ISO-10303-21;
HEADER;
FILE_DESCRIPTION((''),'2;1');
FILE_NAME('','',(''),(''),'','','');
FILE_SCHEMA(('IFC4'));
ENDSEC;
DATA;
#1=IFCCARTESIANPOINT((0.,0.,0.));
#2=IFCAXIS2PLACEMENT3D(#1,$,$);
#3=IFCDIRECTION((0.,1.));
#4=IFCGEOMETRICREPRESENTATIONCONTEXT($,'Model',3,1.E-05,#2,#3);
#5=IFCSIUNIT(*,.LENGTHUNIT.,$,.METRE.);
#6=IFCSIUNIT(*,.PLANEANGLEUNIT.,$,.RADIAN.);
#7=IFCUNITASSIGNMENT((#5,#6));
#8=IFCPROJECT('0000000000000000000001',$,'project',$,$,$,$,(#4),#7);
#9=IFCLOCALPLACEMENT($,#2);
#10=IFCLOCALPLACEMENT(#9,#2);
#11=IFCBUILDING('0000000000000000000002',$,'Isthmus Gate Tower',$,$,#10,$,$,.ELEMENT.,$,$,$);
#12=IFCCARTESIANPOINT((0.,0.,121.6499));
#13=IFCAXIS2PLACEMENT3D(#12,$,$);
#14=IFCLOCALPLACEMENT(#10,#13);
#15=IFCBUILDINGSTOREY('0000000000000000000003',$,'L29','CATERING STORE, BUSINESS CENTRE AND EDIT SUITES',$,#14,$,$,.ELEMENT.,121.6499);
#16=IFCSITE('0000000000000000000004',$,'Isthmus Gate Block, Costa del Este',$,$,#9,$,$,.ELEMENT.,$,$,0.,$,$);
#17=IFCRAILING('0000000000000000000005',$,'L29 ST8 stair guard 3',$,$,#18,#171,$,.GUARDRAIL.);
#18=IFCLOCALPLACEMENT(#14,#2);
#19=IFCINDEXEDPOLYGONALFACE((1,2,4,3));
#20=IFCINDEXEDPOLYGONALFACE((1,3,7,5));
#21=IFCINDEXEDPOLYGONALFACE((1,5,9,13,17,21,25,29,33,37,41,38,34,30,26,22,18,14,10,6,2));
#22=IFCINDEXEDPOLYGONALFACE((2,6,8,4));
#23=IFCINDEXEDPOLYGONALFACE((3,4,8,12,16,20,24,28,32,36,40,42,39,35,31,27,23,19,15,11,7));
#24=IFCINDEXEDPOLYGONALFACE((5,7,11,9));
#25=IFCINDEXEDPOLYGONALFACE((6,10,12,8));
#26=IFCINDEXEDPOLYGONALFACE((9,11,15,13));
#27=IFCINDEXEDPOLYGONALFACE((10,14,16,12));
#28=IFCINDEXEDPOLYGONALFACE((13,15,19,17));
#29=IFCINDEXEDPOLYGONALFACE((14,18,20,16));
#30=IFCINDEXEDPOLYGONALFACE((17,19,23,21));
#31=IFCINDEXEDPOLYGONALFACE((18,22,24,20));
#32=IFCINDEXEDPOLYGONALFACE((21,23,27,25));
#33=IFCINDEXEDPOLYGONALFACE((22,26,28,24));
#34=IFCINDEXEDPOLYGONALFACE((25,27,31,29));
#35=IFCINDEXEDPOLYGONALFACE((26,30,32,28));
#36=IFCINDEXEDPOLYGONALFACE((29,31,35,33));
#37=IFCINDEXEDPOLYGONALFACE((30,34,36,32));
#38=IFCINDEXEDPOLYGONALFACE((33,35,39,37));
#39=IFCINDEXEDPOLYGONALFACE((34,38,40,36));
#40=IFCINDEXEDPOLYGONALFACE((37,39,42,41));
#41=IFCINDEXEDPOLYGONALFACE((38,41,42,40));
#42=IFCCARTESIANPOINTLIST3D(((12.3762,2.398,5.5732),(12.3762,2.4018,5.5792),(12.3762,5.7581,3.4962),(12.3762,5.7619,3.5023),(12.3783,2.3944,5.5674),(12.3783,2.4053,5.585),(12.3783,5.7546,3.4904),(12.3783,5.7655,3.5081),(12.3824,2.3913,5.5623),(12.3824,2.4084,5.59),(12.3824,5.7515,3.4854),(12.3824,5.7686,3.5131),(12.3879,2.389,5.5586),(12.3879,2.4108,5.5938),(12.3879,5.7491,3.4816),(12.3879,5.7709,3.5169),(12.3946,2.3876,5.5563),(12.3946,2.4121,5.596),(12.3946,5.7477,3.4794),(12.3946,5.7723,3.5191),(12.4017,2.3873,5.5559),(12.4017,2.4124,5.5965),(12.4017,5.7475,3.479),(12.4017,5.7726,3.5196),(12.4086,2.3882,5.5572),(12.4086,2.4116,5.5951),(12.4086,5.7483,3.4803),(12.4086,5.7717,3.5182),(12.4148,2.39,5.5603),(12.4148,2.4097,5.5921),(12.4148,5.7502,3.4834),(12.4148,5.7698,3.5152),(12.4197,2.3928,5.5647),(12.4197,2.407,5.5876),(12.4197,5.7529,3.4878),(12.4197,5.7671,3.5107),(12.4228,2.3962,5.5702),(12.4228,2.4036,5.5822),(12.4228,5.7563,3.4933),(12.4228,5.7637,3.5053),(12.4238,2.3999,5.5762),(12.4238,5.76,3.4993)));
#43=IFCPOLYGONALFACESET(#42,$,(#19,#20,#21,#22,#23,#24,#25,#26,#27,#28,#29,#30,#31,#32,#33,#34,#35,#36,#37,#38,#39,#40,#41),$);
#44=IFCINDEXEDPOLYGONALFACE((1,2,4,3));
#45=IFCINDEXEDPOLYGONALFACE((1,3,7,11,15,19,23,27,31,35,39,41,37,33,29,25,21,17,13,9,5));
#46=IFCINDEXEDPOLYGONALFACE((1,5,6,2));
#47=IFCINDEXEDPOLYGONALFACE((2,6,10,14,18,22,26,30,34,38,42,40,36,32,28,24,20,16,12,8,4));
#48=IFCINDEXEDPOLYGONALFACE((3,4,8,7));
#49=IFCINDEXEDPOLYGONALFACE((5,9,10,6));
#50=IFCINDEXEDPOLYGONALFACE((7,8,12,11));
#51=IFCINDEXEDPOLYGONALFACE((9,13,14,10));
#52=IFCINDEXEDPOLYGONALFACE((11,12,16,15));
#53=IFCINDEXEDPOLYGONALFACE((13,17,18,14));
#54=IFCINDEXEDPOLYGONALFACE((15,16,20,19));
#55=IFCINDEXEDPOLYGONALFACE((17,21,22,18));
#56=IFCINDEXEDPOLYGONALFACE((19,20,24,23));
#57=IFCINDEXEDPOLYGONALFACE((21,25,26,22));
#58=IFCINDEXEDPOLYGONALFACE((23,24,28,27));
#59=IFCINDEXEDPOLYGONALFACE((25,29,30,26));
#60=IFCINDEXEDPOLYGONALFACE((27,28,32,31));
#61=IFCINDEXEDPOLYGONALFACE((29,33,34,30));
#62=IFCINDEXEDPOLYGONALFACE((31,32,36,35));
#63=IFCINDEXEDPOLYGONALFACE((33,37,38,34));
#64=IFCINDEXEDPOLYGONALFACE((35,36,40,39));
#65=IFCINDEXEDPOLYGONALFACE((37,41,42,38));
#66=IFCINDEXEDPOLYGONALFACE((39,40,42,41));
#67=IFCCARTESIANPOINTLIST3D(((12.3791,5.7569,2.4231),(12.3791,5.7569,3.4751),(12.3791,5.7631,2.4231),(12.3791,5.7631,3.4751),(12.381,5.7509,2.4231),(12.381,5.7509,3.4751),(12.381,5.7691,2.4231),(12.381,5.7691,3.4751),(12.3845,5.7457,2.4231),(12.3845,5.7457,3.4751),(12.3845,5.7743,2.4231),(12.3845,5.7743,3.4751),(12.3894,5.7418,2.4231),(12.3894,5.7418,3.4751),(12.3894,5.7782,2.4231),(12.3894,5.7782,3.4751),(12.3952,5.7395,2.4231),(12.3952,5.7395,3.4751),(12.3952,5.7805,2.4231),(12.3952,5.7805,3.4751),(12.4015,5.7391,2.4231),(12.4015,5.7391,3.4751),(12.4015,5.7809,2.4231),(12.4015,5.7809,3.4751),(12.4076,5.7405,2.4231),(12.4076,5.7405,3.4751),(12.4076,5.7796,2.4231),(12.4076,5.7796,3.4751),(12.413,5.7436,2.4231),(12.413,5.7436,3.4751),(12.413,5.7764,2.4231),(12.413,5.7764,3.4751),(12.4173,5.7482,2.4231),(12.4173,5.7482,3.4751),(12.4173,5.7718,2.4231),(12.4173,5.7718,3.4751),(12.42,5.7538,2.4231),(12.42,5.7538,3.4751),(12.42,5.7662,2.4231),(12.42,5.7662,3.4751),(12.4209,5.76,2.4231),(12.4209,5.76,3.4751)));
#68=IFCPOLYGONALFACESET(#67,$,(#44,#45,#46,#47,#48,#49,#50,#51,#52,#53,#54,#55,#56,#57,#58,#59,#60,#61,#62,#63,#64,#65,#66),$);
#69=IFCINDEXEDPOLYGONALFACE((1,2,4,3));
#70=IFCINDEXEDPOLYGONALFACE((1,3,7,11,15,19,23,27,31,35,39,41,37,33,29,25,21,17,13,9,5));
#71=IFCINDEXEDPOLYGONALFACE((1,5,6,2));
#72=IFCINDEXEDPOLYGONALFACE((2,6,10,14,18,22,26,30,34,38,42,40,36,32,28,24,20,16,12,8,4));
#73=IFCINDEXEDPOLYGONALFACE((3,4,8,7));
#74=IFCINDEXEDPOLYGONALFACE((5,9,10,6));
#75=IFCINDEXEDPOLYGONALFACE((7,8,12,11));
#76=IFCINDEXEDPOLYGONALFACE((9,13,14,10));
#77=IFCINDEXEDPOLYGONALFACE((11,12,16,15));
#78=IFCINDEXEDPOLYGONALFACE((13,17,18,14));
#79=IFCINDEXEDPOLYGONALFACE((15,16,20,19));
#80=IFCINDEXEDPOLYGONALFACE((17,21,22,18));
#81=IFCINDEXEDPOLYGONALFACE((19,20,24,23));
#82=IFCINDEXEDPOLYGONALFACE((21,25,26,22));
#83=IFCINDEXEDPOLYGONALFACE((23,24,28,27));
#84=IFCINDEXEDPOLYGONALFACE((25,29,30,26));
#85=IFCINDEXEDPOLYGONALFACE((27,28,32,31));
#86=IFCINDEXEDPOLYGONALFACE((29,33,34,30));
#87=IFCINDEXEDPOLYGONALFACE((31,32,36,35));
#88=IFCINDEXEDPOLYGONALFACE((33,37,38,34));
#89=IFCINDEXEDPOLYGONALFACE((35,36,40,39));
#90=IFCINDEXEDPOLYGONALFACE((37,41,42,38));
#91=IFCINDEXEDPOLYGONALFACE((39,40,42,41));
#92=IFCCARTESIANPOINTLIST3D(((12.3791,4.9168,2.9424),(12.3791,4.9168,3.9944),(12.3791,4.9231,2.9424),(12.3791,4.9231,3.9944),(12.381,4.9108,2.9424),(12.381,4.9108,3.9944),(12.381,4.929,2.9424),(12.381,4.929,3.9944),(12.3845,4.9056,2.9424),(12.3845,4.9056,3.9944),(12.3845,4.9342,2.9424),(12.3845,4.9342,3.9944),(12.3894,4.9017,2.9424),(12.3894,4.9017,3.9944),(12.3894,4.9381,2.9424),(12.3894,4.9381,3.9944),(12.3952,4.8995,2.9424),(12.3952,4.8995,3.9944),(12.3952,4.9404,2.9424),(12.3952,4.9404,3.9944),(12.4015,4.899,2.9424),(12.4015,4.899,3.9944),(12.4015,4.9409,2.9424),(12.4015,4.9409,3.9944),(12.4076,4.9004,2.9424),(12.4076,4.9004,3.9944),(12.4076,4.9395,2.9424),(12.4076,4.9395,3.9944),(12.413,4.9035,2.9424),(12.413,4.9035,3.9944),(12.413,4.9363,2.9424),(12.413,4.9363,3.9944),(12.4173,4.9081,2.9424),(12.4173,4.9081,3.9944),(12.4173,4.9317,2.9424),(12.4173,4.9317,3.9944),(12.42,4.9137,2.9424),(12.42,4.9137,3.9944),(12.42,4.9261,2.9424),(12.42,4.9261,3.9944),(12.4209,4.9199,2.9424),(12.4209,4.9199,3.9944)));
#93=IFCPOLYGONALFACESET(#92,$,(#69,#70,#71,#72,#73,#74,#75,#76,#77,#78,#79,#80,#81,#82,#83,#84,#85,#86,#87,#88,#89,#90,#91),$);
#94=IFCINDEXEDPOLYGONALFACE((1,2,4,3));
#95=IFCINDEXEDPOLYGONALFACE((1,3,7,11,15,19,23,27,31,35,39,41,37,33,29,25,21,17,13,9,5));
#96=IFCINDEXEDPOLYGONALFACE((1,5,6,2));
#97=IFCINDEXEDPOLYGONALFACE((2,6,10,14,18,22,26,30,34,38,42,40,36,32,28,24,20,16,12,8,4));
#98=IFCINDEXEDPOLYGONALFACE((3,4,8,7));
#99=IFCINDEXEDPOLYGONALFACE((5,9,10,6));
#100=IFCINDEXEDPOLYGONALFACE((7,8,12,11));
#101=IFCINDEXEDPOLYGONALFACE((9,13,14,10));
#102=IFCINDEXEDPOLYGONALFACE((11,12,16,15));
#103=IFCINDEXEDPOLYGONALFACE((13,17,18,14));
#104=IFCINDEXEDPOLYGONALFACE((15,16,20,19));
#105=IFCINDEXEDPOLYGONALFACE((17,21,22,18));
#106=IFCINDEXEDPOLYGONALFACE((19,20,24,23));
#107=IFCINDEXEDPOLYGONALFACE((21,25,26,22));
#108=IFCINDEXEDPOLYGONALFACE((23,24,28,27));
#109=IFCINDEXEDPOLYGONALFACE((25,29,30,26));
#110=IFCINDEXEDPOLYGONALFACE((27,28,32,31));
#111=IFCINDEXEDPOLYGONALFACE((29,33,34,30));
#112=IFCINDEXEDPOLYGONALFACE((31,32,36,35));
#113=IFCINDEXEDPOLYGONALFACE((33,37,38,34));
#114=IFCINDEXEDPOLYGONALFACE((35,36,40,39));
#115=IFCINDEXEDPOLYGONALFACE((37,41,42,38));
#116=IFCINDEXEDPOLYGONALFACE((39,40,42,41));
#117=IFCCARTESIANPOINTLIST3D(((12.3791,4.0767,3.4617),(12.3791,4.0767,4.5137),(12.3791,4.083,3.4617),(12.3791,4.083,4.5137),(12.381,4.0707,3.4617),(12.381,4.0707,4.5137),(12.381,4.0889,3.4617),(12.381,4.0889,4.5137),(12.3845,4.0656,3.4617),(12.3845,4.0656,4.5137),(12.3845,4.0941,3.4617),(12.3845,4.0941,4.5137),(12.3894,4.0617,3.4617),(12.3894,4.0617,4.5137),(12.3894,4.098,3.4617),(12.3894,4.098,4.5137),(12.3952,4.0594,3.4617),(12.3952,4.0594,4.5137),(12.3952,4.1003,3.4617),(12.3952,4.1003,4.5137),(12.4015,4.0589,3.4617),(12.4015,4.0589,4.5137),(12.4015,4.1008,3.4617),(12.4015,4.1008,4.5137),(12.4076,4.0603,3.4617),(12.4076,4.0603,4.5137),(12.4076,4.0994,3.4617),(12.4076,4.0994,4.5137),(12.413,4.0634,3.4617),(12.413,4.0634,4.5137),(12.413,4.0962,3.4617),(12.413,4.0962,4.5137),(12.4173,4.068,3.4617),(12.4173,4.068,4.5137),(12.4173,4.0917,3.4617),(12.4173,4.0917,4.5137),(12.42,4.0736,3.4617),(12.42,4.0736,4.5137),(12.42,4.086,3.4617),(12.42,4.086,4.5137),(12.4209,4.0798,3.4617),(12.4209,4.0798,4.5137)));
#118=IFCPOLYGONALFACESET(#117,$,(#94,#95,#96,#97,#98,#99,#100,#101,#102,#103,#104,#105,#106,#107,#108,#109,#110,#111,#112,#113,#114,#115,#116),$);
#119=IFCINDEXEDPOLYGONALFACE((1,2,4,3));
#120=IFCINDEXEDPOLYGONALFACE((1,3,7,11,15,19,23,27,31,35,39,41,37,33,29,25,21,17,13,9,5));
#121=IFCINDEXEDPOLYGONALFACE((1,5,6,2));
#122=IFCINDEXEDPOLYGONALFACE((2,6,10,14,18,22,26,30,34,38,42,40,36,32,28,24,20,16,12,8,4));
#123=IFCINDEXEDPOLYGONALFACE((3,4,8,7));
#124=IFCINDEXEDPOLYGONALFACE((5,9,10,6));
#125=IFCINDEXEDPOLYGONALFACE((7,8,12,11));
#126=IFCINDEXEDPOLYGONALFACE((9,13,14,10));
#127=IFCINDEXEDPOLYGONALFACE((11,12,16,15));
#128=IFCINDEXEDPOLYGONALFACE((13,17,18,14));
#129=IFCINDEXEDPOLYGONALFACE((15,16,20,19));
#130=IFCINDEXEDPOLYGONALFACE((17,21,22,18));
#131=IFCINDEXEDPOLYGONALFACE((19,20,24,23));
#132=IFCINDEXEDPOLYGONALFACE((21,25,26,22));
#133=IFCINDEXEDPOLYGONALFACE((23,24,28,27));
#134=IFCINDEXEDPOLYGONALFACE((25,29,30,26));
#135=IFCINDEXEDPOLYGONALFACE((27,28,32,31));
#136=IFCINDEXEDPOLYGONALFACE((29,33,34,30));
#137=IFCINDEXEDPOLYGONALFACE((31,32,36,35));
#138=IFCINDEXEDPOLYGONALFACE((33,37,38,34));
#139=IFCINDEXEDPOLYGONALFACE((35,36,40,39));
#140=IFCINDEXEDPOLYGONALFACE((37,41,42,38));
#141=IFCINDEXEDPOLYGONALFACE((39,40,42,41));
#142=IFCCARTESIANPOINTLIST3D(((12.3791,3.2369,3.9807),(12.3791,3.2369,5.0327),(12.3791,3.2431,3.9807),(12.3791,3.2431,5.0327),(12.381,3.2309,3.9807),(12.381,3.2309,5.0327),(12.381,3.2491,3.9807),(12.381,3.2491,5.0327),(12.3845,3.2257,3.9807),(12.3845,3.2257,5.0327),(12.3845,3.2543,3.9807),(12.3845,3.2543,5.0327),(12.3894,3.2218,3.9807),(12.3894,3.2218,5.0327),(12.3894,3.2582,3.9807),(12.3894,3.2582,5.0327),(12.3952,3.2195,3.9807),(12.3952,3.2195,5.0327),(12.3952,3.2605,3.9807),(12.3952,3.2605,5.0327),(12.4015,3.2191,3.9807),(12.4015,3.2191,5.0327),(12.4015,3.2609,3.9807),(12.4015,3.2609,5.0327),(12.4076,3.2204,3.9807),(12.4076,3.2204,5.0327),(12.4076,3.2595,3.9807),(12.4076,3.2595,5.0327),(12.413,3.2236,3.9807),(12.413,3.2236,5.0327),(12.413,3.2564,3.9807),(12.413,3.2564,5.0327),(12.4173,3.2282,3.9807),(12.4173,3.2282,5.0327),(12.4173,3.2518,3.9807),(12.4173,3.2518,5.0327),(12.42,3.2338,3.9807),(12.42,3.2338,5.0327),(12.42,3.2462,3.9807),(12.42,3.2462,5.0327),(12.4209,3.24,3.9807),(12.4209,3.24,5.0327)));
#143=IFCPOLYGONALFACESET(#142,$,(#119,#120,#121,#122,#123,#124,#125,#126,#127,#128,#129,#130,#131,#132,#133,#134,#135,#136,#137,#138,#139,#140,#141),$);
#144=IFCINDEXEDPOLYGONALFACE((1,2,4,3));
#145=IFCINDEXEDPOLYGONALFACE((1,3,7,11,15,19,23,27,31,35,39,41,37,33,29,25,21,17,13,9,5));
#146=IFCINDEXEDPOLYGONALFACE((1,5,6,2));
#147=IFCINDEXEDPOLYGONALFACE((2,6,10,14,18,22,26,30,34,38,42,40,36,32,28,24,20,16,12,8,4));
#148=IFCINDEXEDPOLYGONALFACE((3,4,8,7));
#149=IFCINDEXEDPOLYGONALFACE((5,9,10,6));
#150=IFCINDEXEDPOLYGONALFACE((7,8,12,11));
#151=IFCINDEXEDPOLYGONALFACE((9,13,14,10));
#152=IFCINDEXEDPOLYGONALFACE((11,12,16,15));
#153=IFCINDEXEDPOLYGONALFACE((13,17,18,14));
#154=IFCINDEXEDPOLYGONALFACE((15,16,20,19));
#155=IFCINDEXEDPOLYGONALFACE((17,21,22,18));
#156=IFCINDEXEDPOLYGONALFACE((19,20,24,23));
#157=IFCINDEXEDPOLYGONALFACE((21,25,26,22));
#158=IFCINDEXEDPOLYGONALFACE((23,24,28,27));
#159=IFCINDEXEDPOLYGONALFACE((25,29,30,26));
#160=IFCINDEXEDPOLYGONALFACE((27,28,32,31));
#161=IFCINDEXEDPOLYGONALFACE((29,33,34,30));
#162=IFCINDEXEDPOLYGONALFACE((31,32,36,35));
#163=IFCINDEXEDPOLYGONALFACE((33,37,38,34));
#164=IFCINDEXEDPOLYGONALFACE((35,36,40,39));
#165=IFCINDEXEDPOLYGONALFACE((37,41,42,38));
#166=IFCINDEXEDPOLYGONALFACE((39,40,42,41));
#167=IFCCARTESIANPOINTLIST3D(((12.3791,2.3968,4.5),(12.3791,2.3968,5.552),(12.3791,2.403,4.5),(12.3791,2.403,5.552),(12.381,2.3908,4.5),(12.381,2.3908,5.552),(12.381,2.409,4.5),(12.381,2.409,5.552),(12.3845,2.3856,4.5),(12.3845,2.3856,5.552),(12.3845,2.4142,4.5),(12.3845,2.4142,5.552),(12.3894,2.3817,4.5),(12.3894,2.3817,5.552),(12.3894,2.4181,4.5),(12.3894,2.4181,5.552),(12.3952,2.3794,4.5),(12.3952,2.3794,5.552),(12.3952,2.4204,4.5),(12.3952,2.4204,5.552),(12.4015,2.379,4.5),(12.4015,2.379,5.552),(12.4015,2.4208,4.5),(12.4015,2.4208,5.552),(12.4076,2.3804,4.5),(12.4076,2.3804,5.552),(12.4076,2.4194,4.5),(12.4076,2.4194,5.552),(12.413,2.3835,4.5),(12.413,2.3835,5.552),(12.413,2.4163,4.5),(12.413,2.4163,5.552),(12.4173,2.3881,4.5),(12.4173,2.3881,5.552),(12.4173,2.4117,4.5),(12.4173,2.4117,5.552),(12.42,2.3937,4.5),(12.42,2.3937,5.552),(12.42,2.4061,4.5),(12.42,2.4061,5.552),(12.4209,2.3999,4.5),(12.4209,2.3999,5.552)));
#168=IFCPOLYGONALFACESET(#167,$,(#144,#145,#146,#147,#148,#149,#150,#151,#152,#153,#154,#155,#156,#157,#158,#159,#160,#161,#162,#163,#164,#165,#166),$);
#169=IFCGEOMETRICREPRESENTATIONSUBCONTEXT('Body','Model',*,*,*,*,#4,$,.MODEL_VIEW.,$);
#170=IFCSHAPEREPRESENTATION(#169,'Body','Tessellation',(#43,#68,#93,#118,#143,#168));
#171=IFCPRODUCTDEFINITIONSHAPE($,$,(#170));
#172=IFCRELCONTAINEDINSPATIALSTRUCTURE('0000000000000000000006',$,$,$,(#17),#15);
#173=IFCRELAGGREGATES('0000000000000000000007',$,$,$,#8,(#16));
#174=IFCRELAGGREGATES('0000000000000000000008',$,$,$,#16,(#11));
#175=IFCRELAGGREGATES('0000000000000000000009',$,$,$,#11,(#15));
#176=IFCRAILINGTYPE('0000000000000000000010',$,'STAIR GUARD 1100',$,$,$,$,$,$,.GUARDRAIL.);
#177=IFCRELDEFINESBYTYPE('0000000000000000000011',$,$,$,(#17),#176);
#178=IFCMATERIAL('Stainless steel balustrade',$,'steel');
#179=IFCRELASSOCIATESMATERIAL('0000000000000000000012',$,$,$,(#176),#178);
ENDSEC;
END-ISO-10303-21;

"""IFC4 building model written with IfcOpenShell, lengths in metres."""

from ifc_helpers import new_model, si_unit, direction, frame, origin, origin_2d, place, context, subcontext, project, spatial, circle, extrude, material, type_object, element, save


model = new_model("IFC4")

# Units and contexts
model_context = context("Model", 3, precision=1e-05, world=origin(), true_north=direction((0.0, 1.0)))
body_context = subcontext(model_context, "Body", "Model", "MODEL_VIEW")
ifc_project = project(units=[si_unit("LENGTHUNIT", "METRE"), si_unit("PLANEANGLEUNIT", "RADIAN")], contexts=[model_context])

# Site, building, storey
site_placement = place(None, origin())
site = spatial("IfcSite", under=ifc_project, at=site_placement, Name="Isthmus Gate Block, Costa del Este", CompositionType="ELEMENT", RefElevation=0.0)
building_placement = place(site_placement, origin())
building = spatial("IfcBuilding", under=site, at=building_placement, Name="Isthmus Gate Tower", CompositionType="ELEMENT")
storey_placement = place(building_placement, frame((0.0, 0.0, 121.6499)))
storey = spatial("IfcBuildingStorey", under=building, at=storey_placement, Name="L29", Description="CATERING STORE, BUSINESS CENTRE AND EDIT SUITES", CompositionType="ELEMENT", Elevation=121.6499)

# Railing
ifc_material_1 = material(Name="Stainless steel balustrade", Category="steel")
railing_type_1 = type_object("IfcRailingType", Name="STAIR GUARD 1100", PredefinedType="GUARDRAIL", material=ifc_material_1)
railing_1_placement = place(storey_placement, frame((12.3999, 5.76, 2.4231)))
element("IfcRailing", 1, at=railing_1_placement, inside=storey, type_object=railing_type_1, Name="L29 ST8 stair guard 3", PredefinedType="GUARDRAIL", context=body_context, shape_type="SweptSolid", body=[
    extrude(circle(Radius=0.0239, at=origin_2d()), frame((0.0, 0.0, 1.0762), z_axis=(0.0, -0.850623, 0.525776), x_axis=(1.0, 0.0, 0.0)), (0.0, 0.0, 1.0), 3.9502),
    extrude(circle(Radius=0.021, at=origin_2d()), origin(), (0.0, 0.0, 1.0), 1.052),
    extrude(circle(Radius=0.021, at=origin_2d()), frame((0.0, -0.8401, 0.5193)), (0.0, 0.0, 1.0), 1.052),
    extrude(circle(Radius=0.021, at=origin_2d()), frame((0.0, -1.6802, 1.0386)), (0.0, 0.0, 1.0), 1.052),
    extrude(circle(Radius=0.021, at=origin_2d()), frame((0.0, -2.52, 1.5576)), (0.0, 0.0, 1.0), 1.052),
    extrude(circle(Radius=0.021, at=origin_2d()), frame((0.0, -3.3601, 2.0769)), (0.0, 0.0, 1.0), 1.052),
])

save(model, "model.ifc")
